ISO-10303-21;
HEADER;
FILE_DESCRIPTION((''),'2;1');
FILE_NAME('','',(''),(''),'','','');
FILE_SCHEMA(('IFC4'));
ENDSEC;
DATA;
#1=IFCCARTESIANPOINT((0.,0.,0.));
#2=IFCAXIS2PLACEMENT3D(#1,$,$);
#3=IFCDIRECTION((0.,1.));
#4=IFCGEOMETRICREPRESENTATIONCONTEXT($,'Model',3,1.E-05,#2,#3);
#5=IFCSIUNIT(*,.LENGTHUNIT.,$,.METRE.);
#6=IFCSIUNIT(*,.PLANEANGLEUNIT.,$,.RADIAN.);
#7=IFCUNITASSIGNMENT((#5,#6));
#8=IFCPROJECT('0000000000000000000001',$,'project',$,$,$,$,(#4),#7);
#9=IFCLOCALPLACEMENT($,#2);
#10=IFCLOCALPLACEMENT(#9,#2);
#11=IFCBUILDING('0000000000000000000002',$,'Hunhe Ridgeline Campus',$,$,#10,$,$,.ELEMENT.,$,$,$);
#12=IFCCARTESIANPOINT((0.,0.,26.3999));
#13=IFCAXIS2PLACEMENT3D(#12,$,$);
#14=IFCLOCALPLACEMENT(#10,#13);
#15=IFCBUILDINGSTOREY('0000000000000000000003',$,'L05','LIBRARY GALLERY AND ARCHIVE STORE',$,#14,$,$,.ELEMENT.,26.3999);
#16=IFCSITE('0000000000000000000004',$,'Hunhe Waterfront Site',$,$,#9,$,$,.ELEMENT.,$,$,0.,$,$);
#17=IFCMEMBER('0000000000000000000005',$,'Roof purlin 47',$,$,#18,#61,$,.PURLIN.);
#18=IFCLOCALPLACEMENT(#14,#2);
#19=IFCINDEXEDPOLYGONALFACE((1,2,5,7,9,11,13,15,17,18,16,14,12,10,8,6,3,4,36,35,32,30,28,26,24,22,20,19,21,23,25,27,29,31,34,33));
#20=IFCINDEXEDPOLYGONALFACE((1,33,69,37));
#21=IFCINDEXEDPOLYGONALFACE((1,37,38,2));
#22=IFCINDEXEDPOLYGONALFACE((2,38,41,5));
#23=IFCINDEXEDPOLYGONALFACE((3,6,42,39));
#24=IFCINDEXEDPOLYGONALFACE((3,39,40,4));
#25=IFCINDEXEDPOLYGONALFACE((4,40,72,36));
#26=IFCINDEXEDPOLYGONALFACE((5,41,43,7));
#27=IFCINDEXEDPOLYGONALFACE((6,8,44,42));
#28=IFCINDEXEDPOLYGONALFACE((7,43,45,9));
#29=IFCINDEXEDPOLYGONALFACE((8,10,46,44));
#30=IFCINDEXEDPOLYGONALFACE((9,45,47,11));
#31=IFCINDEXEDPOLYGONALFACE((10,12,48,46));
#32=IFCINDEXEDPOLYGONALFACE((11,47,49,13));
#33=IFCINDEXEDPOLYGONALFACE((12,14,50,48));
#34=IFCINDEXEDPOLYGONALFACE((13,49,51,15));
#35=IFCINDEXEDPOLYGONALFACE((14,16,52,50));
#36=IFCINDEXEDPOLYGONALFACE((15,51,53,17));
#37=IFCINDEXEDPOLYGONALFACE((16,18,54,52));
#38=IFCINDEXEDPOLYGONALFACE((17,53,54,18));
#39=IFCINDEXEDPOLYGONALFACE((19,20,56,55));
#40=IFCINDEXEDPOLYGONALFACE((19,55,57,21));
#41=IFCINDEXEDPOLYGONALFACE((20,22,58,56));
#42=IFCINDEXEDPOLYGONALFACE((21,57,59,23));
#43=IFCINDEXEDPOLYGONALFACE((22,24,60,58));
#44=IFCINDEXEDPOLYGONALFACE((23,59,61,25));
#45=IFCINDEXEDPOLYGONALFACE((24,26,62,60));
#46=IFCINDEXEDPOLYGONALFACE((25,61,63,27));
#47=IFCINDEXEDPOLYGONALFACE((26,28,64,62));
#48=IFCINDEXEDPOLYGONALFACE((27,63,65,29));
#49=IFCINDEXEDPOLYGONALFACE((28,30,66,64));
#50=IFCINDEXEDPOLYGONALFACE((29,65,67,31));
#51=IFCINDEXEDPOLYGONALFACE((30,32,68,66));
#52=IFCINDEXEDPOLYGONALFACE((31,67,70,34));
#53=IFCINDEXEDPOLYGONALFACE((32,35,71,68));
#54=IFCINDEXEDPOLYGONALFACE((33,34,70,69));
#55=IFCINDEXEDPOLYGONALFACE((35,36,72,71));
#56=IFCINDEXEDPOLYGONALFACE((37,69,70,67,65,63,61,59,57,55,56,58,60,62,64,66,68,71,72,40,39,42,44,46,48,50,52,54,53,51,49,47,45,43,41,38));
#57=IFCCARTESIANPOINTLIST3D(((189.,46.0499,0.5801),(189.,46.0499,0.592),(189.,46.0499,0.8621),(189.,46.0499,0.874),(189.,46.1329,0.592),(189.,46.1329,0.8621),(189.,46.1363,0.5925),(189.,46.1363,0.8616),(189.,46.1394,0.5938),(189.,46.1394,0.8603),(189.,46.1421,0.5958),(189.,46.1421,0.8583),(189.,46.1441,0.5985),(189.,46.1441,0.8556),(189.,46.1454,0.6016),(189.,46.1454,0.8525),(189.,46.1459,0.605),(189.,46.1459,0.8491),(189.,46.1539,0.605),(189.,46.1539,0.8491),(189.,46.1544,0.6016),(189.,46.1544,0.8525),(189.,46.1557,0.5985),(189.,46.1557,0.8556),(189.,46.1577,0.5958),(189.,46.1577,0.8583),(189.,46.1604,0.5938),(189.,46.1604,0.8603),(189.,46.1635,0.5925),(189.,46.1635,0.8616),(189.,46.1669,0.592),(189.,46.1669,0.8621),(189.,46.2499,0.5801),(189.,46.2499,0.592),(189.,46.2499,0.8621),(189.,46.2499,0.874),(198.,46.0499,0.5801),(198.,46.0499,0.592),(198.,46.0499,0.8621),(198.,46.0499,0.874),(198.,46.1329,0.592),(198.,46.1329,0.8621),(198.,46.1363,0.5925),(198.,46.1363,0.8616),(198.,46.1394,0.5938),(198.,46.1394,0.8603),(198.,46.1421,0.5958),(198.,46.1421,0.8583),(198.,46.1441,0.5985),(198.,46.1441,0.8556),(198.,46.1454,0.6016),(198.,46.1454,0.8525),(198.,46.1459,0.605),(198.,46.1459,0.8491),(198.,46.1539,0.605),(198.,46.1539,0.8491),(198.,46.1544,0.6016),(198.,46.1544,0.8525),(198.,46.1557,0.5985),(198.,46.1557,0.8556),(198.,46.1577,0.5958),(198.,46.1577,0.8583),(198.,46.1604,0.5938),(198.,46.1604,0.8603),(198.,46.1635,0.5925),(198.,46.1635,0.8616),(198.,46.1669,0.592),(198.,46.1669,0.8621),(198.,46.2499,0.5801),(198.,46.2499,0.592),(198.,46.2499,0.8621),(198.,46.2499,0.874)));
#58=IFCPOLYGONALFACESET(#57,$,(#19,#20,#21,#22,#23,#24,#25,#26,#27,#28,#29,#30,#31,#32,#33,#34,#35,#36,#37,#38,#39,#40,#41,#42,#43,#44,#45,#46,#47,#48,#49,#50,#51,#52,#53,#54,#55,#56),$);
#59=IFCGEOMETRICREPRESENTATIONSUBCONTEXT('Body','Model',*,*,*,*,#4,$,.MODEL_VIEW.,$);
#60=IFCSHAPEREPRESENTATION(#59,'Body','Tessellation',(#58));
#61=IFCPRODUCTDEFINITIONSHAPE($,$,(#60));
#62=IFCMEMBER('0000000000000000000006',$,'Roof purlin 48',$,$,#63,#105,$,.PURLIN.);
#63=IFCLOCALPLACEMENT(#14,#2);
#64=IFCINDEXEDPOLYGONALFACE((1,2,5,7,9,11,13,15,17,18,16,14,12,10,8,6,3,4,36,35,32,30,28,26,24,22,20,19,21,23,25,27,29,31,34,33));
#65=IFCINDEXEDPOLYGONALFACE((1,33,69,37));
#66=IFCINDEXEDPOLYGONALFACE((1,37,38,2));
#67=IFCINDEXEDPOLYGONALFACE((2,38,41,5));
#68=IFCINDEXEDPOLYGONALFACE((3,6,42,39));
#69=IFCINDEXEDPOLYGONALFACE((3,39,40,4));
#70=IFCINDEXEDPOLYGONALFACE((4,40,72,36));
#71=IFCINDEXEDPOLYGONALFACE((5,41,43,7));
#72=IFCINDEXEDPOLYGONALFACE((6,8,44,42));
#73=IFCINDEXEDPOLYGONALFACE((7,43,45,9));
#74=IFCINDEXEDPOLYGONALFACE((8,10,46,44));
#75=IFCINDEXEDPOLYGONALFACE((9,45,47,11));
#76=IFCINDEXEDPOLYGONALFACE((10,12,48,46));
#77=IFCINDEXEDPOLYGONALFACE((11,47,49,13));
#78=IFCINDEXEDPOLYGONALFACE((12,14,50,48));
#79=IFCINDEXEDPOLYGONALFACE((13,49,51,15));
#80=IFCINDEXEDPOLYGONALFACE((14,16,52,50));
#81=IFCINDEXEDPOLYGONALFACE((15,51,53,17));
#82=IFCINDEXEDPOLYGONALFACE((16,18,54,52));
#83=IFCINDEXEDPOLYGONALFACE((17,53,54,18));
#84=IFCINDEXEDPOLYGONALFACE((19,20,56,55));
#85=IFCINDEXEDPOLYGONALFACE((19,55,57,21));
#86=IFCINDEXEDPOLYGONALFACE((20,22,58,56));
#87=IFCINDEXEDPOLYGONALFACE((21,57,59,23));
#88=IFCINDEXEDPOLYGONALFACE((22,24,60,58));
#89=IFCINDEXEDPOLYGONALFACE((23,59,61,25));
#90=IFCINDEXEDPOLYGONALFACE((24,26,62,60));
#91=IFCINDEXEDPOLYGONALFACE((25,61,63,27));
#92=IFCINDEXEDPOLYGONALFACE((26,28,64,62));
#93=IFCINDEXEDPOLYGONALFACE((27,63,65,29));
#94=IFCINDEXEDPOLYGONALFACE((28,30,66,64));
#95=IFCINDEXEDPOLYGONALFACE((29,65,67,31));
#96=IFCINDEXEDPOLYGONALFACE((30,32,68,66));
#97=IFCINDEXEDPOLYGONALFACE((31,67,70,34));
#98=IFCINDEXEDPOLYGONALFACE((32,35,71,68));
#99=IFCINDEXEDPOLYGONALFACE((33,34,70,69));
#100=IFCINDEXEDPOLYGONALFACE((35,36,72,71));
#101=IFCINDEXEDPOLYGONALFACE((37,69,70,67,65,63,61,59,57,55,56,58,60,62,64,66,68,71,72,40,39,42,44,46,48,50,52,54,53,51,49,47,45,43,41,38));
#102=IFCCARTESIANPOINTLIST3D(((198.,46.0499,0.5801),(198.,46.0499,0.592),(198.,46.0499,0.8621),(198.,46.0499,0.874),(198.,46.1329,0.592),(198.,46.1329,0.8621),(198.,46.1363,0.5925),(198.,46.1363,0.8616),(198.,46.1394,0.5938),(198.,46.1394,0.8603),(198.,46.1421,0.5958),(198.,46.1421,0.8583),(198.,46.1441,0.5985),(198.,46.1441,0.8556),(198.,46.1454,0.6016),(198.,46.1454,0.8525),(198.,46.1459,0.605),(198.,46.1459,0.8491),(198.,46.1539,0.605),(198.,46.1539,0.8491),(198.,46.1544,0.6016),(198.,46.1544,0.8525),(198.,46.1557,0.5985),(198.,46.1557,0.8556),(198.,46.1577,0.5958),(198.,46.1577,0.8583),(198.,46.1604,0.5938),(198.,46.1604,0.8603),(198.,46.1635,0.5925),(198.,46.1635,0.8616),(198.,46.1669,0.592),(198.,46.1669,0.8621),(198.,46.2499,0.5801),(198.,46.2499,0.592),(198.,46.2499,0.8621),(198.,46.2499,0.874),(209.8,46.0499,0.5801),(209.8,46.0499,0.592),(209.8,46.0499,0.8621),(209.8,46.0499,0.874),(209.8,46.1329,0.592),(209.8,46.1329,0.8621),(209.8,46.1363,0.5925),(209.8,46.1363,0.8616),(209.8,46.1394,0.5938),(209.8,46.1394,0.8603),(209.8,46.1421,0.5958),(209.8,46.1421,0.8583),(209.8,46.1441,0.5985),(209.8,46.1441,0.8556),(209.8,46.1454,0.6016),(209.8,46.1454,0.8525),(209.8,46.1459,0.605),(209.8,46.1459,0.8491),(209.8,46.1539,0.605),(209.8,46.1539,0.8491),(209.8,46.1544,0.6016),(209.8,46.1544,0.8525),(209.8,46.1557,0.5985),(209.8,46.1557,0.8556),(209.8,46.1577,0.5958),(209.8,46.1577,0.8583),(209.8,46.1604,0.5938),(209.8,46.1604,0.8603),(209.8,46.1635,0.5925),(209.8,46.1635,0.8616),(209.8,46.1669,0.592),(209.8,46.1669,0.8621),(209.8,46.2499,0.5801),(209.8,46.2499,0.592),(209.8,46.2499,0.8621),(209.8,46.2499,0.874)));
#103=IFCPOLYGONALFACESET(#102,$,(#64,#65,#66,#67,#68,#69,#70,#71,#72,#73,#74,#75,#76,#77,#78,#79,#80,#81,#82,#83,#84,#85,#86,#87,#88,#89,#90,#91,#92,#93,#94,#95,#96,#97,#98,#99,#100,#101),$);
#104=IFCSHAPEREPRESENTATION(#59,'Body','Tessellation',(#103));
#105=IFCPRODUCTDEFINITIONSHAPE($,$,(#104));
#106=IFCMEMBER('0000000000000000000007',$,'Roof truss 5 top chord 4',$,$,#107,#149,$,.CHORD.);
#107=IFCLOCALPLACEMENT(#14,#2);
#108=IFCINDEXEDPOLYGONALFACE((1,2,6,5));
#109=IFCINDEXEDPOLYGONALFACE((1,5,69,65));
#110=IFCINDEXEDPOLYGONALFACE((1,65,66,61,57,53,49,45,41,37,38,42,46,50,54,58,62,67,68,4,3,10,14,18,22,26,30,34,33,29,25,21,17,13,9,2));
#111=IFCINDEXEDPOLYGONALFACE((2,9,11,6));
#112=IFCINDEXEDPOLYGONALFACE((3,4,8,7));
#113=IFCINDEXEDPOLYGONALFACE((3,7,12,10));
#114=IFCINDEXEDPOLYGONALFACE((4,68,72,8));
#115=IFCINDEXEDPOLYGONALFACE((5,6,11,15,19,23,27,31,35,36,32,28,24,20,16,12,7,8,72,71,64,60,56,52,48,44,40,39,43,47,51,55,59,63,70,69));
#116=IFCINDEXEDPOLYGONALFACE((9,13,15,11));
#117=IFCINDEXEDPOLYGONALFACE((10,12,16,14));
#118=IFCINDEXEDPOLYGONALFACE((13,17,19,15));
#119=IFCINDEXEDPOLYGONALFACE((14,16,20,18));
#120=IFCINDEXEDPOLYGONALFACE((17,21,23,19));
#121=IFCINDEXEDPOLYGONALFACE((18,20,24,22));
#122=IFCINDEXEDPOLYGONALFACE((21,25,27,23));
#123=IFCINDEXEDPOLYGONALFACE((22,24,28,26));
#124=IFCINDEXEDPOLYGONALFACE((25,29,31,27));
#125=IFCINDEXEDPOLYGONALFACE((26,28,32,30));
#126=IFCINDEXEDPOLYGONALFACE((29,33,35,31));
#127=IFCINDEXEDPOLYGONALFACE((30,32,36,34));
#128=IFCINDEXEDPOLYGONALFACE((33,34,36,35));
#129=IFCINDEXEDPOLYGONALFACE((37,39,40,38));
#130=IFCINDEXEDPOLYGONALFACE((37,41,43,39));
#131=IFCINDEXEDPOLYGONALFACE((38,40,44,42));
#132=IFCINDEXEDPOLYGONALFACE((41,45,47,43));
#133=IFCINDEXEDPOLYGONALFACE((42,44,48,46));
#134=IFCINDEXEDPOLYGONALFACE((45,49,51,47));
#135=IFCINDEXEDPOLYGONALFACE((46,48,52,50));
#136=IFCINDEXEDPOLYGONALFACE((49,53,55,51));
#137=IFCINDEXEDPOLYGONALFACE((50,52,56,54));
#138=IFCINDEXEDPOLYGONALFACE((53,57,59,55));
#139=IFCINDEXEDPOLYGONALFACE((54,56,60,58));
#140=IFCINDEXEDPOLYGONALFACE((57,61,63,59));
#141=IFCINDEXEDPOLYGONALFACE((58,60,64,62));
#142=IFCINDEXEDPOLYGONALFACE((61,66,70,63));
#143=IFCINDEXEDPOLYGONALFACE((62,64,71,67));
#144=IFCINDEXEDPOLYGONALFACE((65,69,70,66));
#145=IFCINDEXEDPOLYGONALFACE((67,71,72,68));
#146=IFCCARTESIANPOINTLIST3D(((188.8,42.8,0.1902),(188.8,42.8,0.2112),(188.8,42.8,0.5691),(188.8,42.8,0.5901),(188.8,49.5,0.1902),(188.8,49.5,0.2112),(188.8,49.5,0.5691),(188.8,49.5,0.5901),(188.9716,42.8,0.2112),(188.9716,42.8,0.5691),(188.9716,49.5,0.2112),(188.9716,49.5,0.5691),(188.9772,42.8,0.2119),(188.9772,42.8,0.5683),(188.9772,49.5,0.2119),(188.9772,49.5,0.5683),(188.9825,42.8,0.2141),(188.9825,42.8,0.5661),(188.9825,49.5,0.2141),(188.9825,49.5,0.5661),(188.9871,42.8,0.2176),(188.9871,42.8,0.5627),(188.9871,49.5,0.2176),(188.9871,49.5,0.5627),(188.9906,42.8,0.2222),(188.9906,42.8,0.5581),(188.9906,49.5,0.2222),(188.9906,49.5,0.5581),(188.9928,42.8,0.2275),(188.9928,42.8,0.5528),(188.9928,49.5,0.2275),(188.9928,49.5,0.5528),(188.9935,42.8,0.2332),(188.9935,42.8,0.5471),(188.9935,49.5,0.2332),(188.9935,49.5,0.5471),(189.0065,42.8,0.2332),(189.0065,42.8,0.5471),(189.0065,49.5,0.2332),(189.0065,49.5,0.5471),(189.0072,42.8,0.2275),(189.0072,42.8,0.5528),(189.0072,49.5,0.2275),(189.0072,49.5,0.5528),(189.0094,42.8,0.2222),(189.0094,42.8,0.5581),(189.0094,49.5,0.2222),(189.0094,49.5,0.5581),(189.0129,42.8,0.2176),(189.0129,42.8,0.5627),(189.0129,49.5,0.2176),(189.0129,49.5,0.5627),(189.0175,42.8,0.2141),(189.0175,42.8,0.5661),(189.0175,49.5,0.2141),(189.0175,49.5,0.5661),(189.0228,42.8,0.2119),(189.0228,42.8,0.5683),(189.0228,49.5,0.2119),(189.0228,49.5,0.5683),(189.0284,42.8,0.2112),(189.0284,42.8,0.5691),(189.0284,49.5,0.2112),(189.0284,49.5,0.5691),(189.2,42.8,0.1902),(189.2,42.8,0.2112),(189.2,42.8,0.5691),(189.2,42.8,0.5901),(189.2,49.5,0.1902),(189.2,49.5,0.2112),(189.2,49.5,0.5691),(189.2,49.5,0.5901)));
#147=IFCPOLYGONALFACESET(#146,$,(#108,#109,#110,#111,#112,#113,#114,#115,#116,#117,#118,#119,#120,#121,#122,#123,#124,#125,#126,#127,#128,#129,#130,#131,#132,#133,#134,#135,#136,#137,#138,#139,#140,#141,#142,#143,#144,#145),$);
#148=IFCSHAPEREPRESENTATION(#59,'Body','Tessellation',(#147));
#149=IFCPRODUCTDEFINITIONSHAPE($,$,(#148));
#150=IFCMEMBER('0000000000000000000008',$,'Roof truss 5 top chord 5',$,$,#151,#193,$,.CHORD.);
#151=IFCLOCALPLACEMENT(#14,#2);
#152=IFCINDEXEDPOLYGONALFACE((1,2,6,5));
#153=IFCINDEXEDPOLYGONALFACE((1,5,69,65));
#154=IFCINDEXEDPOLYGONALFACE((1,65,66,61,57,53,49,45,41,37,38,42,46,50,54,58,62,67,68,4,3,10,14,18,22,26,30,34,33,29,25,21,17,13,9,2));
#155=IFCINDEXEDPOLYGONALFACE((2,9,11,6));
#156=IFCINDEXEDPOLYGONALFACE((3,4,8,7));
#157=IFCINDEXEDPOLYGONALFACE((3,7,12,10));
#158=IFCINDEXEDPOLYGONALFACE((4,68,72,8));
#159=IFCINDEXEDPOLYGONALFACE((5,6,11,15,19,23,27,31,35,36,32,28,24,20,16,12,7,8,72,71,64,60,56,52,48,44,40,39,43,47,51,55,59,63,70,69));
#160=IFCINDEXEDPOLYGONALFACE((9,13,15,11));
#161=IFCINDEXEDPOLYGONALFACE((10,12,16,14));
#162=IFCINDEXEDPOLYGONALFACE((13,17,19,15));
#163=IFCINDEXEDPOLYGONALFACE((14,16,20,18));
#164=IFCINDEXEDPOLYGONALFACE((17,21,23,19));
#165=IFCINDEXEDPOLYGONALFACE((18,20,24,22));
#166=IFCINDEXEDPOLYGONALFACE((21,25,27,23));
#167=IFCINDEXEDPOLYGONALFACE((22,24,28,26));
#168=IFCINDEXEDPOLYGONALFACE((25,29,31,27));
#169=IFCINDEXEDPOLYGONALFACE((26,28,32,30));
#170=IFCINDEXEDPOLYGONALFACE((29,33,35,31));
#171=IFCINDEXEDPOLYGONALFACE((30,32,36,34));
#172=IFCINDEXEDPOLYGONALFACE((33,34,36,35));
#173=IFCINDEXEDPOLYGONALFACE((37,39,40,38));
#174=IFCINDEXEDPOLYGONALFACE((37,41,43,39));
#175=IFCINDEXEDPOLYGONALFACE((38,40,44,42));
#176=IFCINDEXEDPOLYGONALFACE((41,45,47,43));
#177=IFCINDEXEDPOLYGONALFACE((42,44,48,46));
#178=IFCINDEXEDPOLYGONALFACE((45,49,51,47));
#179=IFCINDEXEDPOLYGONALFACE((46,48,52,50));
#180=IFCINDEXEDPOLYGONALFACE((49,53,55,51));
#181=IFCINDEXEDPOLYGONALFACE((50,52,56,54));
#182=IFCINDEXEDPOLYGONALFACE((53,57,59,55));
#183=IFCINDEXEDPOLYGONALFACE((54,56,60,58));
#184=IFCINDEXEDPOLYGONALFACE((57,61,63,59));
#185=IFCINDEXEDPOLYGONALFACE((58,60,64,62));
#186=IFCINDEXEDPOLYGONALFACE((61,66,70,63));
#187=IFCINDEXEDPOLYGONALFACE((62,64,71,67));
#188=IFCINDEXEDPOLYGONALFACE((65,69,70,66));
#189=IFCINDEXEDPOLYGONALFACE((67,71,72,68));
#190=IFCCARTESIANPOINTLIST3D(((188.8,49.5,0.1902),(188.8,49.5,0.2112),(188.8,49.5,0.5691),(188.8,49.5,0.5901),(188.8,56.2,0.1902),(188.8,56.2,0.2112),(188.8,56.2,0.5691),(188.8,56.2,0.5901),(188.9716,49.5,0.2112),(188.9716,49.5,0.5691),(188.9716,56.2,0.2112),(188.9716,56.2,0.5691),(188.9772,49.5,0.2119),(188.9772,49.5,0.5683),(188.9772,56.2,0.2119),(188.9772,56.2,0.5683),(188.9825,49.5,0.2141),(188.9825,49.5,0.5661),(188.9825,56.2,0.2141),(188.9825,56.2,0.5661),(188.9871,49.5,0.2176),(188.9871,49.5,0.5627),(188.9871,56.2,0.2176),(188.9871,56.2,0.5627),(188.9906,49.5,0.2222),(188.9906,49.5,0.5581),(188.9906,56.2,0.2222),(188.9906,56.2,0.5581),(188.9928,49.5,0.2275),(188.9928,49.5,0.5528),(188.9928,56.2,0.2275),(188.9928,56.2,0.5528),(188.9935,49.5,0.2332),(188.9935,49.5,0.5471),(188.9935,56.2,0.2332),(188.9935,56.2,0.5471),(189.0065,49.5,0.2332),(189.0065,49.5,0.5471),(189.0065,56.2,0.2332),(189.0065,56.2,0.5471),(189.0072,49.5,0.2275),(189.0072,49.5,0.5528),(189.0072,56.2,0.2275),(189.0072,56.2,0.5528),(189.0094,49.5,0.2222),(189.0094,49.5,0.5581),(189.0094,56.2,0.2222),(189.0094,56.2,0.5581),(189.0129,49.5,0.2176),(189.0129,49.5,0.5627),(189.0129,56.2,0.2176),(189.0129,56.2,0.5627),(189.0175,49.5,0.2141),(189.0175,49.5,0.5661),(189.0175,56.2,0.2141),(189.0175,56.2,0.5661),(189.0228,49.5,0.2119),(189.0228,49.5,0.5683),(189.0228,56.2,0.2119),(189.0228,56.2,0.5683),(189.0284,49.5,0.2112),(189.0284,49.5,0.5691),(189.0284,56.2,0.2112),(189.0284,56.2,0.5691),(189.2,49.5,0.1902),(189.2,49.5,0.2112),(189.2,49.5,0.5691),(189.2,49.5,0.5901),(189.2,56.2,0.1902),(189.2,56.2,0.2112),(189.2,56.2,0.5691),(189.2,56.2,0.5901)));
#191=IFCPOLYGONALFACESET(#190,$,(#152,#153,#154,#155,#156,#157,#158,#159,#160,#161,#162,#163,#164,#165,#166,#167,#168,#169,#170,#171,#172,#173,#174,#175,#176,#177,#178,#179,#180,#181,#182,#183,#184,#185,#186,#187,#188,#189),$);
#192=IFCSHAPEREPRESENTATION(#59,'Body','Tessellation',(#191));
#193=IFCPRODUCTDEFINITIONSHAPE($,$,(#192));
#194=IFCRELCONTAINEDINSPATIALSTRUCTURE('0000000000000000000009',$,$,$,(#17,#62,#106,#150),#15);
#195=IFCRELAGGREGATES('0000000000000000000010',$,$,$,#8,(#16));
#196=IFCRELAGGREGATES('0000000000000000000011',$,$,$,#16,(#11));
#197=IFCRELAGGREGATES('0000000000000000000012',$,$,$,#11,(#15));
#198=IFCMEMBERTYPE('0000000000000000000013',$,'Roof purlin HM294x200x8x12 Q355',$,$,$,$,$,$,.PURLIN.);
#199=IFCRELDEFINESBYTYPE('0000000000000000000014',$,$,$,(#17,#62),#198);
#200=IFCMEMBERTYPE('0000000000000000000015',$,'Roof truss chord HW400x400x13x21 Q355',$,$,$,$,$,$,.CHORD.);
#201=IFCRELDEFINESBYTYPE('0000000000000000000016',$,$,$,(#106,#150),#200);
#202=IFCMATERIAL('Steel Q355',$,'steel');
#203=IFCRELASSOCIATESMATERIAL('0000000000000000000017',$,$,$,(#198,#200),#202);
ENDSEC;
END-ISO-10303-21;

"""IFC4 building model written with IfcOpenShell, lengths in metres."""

from ifc_helpers import new_model, si_unit, direction, frame, origin, origin_2d, place, context, subcontext, project, spatial, i_section, extrude, material, material_profile, profile_set, type_object, element, save


model = new_model("IFC4")

# Units and contexts
model_context = context("Model", 3, precision=1e-05, world=origin(), true_north=direction((0.0, 1.0)))
body_context = subcontext(model_context, "Body", "Model", "MODEL_VIEW")
ifc_project = project(units=[si_unit("LENGTHUNIT", "METRE"), si_unit("PLANEANGLEUNIT", "RADIAN")], contexts=[model_context])

# Site, building, storey
site_placement = place(None, origin())
site = spatial("IfcSite", under=ifc_project, at=site_placement, Name="Hunhe Waterfront Site", CompositionType="ELEMENT", RefElevation=0.0)
building_placement = place(site_placement, origin())
building = spatial("IfcBuilding", under=site, at=building_placement, Name="Hunhe Ridgeline Campus", CompositionType="ELEMENT")
storey_placement = place(building_placement, frame((0.0, 0.0, 26.3999)))
storey = spatial("IfcBuildingStorey", under=building, at=storey_placement, Name="L05", Description="LIBRARY GALLERY AND ARCHIVE STORE", CompositionType="ELEMENT", Elevation=26.3999)

# Members
ifc_material = material(Name="Steel Q355", Category="steel")
ifc_material_profile_1 = material_profile(ifc_material, i_section(OverallWidth=0.2, OverallDepth=0.2939, WebThickness=0.0081, FlangeThickness=0.012, FilletRadius=0.0129, at=origin_2d()))
ifc_profile_set_1 = profile_set([ifc_material_profile_1], Name="Steel Q355")
member_type_1 = type_object("IfcMemberType", Name="Roof purlin HM294x200x8x12 Q355", PredefinedType="PURLIN", material=ifc_profile_set_1)
member_1_placement = place(storey_placement, frame((189.0, 46.1499, 0.7271), z_axis=(1.0, 0.0, 0.0), x_axis=(0.0, 1.0, 0.0)))
element("IfcMember", 1, at=member_1_placement, inside=storey, type_object=member_type_1, Name="Roof purlin 47", PredefinedType="PURLIN", context=body_context, shape_type="SweptSolid", body=[
    extrude(i_section(OverallWidth=0.2, OverallDepth=0.2939, WebThickness=0.0081, FlangeThickness=0.012, FilletRadius=0.0129, at=origin_2d()), origin(), (0.0, 0.0, 1.0), 9.0),
])
member_2_placement = place(storey_placement, frame((198.0, 46.1499, 0.7271), z_axis=(1.0, 0.0, 0.0), x_axis=(0.0, 1.0, 0.0)))
element("IfcMember", 2, at=member_2_placement, inside=storey, type_object=member_type_1, Name="Roof purlin 48", PredefinedType="PURLIN", context=body_context, shape_type="SweptSolid", body=[
    extrude(i_section(OverallWidth=0.2, OverallDepth=0.2939, WebThickness=0.0081, FlangeThickness=0.012, FilletRadius=0.0129, at=origin_2d()), origin(), (0.0, 0.0, 1.0), 11.8),
])
ifc_material_profile_2 = material_profile(ifc_material, i_section(OverallWidth=0.3999, OverallDepth=0.3999, WebThickness=0.0129, FlangeThickness=0.021, FilletRadius=0.022, at=origin_2d()))
ifc_profile_set_2 = profile_set([ifc_material_profile_2], Name="Steel Q355")
member_type_2 = type_object("IfcMemberType", Name="Roof truss chord HW400x400x13x21 Q355", PredefinedType="CHORD", material=ifc_profile_set_2)
for number, where, z_axis, x_axis, name in (
    (3, (189.0, 42.8, 0.3901), (0.0, 1.0, 0.0), (-1.0, 0.0, 0.0), "Roof truss 5 top chord 4"),
    (4, (189.0, 49.5, 0.3901), (0.0, 1.0, 0.0), (-1.0, 0.0, 0.0), "Roof truss 5 top chord 5"),
):
    element("IfcMember", number, at=place(storey_placement, frame(where, z_axis=z_axis, x_axis=x_axis)), inside=storey, type_object=member_type_2, Name=name, PredefinedType="CHORD", context=body_context, shape_type="SweptSolid", body=[
        extrude(i_section(OverallWidth=0.3999, OverallDepth=0.3999, WebThickness=0.0129, FlangeThickness=0.021, FilletRadius=0.022, at=origin_2d()), origin(), (0.0, 0.0, 1.0), 6.7),
    ])

save(model, "model.ifc")
